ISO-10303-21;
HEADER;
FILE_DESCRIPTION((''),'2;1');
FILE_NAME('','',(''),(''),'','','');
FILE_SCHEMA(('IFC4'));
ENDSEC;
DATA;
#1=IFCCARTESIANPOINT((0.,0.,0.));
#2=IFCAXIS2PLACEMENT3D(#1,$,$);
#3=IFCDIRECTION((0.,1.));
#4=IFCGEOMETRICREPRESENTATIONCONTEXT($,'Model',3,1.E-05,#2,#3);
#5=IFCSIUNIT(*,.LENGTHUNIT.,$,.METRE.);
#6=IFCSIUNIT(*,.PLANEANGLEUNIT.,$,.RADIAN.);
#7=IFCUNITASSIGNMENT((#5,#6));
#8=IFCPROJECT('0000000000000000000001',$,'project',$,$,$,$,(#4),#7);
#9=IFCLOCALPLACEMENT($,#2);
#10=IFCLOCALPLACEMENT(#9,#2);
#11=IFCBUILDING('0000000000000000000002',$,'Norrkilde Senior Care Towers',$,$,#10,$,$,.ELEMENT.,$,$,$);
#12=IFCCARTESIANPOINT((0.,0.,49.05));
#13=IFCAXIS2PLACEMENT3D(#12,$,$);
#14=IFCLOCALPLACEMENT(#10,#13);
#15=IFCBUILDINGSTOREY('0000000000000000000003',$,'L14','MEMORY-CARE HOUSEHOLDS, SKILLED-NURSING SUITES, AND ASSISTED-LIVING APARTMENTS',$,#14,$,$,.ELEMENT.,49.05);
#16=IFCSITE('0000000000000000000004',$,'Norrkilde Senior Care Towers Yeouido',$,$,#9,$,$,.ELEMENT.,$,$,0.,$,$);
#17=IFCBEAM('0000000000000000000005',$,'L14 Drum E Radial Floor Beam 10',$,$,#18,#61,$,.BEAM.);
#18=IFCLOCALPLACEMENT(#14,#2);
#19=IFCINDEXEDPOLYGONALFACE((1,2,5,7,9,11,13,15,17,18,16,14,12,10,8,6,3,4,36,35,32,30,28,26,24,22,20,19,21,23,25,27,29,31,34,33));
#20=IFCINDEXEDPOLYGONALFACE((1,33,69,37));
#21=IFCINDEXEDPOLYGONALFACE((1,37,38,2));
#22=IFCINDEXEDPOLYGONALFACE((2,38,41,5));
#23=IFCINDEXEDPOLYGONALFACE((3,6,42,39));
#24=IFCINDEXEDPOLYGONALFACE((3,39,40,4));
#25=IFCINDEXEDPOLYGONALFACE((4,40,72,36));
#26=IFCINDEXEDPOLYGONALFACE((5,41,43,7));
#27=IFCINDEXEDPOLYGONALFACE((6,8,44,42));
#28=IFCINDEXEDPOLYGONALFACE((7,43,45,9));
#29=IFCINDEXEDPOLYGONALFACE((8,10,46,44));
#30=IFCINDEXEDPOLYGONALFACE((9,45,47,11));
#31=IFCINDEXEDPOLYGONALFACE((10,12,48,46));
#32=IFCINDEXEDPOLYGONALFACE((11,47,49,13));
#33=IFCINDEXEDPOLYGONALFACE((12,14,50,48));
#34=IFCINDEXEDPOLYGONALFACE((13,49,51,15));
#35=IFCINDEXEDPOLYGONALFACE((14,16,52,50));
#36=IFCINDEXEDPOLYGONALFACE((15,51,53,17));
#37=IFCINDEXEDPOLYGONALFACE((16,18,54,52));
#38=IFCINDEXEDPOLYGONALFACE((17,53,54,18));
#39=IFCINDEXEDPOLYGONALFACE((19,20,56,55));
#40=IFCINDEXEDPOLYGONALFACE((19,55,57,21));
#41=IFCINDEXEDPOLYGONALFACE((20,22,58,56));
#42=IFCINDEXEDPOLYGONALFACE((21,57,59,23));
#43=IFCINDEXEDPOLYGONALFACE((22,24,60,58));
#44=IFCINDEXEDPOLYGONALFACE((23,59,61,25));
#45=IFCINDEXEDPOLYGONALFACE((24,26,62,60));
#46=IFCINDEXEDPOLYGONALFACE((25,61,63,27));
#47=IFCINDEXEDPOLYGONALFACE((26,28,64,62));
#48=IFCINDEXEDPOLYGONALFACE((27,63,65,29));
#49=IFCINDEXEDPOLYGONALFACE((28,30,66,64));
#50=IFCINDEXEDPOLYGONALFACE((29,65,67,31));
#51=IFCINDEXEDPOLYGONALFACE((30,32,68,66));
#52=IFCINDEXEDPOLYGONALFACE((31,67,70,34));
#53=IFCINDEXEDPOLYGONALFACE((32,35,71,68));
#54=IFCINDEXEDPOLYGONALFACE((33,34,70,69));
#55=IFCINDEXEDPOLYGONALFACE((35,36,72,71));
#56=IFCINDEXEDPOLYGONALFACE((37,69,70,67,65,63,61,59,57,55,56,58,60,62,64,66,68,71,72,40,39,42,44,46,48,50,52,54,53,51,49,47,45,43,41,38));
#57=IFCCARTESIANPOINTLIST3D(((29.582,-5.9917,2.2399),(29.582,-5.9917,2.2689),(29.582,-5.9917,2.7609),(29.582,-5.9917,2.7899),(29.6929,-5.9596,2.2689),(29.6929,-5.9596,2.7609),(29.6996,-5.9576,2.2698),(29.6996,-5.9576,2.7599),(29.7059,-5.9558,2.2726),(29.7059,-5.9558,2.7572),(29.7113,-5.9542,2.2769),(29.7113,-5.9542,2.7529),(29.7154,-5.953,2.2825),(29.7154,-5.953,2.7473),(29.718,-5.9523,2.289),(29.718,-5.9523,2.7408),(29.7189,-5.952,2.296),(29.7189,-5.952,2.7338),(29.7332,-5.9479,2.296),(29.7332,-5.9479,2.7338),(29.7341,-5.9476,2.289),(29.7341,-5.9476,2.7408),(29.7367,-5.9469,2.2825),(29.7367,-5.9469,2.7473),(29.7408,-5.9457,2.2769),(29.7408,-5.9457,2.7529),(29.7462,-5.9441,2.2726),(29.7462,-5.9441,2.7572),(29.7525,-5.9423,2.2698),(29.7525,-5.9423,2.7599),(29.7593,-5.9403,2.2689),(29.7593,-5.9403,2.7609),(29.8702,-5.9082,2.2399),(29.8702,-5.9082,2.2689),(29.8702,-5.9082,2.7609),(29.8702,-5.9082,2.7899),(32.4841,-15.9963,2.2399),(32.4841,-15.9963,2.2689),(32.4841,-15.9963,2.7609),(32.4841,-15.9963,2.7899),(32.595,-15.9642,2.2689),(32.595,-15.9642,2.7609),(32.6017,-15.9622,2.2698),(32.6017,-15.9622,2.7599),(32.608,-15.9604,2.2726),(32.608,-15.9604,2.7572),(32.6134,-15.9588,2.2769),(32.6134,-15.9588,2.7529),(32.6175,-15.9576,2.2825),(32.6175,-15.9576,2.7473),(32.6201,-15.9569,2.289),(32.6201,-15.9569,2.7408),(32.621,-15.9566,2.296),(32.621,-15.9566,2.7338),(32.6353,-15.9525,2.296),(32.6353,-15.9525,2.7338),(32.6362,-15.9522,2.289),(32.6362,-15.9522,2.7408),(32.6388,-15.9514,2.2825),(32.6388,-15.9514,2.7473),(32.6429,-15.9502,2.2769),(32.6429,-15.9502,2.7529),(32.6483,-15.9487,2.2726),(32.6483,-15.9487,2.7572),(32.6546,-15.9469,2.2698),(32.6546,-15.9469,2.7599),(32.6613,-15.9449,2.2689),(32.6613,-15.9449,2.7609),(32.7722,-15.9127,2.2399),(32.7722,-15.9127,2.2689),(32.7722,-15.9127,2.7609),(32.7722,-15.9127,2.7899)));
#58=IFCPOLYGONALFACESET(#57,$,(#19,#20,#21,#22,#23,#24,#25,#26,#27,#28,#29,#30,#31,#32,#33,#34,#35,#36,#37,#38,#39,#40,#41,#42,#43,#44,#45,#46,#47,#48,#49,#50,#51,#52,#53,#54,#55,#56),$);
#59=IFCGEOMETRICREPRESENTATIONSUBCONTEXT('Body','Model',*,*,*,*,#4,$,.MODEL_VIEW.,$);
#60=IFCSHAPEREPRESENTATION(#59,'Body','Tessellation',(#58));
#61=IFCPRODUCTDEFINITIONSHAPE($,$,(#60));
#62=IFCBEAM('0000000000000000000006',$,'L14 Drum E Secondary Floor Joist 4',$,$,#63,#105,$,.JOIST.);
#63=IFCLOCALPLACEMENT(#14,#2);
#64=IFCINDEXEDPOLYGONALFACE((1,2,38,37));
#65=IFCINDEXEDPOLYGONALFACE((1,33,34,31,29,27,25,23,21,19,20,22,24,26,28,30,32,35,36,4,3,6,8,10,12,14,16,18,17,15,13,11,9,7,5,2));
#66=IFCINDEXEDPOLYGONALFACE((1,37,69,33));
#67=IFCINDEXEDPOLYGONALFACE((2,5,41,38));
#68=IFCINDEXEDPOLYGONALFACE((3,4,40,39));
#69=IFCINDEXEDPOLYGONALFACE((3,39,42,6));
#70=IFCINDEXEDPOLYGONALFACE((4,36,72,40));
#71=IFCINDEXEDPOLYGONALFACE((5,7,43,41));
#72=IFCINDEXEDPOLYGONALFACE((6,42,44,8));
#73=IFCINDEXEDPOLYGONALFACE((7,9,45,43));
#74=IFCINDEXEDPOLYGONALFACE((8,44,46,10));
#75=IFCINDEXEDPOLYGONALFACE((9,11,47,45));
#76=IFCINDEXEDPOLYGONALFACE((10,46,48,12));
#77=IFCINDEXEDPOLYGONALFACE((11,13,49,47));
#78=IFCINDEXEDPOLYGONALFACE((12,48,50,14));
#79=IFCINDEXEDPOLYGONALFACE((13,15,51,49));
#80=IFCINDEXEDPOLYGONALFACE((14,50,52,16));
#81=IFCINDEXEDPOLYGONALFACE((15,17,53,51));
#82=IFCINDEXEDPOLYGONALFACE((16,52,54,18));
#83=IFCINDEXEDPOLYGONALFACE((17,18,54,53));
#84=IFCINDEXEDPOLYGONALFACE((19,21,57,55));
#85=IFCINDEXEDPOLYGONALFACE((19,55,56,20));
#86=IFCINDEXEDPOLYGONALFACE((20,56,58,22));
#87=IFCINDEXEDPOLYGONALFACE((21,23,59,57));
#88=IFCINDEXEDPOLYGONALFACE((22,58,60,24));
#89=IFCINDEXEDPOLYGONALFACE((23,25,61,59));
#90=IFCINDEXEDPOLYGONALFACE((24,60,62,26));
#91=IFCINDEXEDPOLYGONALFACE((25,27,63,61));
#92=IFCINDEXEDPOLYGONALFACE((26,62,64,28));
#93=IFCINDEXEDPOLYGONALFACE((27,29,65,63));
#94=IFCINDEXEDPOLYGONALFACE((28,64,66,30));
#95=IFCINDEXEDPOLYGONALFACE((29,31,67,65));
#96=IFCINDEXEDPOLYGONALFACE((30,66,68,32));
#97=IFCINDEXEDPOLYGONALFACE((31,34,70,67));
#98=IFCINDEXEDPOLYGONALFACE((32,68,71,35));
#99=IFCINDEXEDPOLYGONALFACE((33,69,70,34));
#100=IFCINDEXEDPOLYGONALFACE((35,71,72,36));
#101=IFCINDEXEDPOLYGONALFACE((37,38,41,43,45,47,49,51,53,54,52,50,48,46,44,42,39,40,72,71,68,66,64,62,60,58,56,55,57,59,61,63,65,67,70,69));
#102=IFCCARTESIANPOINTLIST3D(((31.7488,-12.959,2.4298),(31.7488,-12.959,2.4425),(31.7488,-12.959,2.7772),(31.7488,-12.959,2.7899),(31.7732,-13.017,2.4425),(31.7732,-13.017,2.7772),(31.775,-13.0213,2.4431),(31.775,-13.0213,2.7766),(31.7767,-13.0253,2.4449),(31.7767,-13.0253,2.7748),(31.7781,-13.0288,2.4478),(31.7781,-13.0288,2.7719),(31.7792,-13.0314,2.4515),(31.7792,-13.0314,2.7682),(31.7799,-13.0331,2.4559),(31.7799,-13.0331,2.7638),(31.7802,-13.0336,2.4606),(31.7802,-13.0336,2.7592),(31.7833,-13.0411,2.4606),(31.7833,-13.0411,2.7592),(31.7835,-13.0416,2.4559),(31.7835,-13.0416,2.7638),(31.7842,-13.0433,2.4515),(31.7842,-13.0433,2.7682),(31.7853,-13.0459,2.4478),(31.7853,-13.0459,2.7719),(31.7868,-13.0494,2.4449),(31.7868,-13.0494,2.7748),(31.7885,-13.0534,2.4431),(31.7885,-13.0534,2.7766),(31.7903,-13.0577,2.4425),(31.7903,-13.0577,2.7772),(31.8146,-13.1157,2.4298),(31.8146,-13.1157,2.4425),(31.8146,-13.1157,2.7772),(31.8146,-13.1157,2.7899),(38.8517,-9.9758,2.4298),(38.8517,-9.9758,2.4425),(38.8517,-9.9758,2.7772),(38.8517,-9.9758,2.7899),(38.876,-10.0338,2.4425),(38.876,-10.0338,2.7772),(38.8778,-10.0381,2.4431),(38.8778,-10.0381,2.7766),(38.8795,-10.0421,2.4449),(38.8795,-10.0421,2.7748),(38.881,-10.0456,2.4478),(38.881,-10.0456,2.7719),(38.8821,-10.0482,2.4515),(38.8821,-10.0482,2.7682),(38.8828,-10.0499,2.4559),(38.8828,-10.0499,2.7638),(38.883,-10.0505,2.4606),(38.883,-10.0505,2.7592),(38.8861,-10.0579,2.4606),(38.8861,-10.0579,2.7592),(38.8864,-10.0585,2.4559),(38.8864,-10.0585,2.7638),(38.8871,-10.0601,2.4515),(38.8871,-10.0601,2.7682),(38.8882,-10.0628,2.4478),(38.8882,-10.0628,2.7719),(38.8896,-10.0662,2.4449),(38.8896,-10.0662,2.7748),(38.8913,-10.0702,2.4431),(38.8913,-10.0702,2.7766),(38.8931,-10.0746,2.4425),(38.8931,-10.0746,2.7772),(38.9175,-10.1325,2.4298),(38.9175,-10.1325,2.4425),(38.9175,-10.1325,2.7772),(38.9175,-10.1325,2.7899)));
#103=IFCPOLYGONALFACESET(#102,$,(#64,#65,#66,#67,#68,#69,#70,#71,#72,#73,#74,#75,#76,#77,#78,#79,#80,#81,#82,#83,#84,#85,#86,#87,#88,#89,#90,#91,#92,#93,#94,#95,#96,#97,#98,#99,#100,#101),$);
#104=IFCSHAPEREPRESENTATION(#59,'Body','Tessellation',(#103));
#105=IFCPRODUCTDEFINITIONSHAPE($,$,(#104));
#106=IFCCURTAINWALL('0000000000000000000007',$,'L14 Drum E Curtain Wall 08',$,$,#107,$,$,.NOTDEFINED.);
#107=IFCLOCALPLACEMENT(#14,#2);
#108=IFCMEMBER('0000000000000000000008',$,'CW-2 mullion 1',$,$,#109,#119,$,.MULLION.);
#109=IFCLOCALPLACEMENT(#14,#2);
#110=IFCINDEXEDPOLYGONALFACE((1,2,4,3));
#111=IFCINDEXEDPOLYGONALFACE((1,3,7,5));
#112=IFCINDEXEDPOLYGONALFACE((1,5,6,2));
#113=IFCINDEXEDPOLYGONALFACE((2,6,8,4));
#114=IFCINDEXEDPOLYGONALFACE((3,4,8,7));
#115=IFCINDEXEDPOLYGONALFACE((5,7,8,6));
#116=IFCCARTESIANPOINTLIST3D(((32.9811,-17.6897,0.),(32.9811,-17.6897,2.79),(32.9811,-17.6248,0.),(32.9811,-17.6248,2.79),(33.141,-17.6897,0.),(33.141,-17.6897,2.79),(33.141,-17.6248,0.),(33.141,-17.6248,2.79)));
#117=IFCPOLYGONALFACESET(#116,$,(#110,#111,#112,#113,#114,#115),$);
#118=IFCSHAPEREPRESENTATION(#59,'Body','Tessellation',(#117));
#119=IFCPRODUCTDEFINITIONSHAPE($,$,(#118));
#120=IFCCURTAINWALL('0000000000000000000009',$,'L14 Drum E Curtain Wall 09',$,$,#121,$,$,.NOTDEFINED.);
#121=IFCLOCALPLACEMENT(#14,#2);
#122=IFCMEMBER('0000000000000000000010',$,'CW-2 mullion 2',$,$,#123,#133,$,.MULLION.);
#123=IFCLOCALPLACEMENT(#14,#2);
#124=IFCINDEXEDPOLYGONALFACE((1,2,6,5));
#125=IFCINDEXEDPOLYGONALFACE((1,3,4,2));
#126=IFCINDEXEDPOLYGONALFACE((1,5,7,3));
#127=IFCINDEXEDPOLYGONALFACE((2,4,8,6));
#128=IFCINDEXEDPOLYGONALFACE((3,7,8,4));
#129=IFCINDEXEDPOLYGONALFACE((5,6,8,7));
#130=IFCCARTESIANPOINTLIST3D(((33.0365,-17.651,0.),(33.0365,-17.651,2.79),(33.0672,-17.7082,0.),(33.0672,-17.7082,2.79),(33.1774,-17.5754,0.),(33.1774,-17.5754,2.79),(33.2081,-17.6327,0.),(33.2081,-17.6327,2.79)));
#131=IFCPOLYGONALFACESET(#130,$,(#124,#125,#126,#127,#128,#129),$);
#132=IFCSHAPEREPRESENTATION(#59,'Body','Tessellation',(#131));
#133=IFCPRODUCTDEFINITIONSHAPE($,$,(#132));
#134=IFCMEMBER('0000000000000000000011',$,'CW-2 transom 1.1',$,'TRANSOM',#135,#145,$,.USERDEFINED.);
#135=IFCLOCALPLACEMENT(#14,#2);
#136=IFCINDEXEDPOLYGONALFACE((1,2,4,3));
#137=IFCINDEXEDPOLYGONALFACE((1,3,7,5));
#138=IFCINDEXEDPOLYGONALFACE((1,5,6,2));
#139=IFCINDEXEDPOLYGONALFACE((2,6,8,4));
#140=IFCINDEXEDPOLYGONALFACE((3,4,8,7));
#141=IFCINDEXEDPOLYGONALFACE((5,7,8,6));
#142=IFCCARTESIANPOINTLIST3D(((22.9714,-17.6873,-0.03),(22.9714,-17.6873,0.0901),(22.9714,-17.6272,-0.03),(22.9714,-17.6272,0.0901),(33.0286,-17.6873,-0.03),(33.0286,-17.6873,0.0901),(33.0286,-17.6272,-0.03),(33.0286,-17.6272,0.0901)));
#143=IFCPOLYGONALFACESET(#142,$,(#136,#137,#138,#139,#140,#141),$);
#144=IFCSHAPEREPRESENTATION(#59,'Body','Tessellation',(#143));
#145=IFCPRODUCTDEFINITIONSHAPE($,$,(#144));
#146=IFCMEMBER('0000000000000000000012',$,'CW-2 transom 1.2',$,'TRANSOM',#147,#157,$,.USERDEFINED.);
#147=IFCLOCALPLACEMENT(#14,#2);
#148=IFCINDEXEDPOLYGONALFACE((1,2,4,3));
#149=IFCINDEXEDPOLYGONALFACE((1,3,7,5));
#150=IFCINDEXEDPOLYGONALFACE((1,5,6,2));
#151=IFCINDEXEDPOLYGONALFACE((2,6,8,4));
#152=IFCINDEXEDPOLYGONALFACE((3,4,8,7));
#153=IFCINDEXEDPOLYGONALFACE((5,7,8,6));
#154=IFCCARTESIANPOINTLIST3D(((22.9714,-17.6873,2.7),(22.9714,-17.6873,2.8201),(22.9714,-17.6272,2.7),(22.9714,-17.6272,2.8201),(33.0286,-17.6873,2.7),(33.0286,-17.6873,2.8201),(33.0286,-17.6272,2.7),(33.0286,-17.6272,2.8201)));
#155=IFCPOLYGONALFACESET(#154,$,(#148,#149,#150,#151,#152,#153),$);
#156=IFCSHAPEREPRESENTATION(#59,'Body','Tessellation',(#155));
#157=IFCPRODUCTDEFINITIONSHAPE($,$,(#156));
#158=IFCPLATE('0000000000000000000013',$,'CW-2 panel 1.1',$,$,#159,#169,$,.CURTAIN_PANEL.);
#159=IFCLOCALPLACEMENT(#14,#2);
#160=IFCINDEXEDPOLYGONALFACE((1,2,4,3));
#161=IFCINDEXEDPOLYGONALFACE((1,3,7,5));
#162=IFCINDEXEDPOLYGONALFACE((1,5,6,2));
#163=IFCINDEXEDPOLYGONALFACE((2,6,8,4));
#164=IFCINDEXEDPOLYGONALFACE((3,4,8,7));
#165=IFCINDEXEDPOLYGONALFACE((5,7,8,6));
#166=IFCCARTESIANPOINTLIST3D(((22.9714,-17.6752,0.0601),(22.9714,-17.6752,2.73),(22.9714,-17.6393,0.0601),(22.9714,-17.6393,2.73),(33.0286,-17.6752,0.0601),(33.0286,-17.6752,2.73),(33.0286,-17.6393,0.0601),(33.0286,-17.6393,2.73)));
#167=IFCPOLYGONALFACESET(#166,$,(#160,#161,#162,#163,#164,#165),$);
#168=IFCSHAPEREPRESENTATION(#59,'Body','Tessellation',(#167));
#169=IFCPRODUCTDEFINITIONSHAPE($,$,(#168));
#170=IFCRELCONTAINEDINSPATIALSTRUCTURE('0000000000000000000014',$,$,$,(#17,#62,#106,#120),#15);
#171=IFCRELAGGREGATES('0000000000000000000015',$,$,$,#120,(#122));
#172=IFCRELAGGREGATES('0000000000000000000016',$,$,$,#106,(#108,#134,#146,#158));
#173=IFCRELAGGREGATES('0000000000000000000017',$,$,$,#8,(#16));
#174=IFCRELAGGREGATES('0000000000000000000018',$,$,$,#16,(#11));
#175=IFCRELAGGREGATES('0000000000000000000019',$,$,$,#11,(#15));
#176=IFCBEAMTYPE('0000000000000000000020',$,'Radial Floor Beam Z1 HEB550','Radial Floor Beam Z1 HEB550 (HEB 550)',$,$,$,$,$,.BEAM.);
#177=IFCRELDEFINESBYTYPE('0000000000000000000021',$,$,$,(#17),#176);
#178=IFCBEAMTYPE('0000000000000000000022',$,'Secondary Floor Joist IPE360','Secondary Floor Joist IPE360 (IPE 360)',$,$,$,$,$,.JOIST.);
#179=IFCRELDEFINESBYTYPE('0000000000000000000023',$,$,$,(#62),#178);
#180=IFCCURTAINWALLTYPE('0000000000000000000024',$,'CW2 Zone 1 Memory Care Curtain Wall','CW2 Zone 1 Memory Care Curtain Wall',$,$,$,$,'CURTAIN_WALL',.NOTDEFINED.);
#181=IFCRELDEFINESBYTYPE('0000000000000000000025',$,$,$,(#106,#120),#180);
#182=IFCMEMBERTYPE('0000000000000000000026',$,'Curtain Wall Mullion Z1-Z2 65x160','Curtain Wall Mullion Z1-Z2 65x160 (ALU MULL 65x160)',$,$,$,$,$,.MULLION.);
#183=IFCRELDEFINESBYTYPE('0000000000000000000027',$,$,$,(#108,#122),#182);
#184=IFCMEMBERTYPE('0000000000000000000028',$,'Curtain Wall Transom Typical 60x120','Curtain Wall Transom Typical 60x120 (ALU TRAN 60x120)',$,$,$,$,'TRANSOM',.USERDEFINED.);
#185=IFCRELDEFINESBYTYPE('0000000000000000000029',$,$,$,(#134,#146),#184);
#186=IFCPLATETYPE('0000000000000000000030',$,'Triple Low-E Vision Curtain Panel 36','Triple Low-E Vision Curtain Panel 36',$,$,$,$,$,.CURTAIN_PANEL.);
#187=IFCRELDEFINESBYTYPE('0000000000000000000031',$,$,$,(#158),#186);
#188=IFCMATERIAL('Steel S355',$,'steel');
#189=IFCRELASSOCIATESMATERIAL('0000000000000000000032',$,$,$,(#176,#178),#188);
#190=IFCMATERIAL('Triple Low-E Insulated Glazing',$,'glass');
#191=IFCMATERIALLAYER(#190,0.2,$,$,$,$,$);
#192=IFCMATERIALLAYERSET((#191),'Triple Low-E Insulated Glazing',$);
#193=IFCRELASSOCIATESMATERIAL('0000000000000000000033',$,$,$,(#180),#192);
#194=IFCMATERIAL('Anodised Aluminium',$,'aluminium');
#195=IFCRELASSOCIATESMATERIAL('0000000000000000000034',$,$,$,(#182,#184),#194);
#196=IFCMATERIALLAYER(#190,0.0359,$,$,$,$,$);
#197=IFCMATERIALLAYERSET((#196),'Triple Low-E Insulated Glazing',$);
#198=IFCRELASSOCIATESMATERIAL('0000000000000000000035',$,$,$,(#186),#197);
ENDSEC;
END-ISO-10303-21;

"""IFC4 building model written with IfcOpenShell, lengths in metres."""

from ifc_helpers import new_model, si_unit, direction, frame, origin, origin_2d, place, context, subcontext, project, spatial, rectangle, i_section, extrude, source, transform, mapped, material, layer, layer_set, material_profile, profile_set, type_object, type_shapes, element, aggregate, save


model = new_model("IFC4")

# Units and contexts
model_context = context("Model", 3, precision=1e-05, world=origin(), true_north=direction((0.0, 1.0)))
body_context = subcontext(model_context, "Body", "Model", "MODEL_VIEW")
ifc_project = project(units=[si_unit("LENGTHUNIT", "METRE"), si_unit("PLANEANGLEUNIT", "RADIAN")], contexts=[model_context])

# Site, building, storey
site_placement = place(None, origin())
site = spatial("IfcSite", under=ifc_project, at=site_placement, Name="Norrkilde Senior Care Towers Yeouido", CompositionType="ELEMENT", RefElevation=0.0)
building_placement = place(site_placement, origin())
building = spatial("IfcBuilding", under=site, at=building_placement, Name="Norrkilde Senior Care Towers", CompositionType="ELEMENT")
storey_placement = place(building_placement, frame((0.0, 0.0, 49.05)))
storey = spatial("IfcBuildingStorey", under=building, at=storey_placement, Name="L14", Description="MEMORY-CARE HOUSEHOLDS, SKILLED-NURSING SUITES, AND ASSISTED-LIVING APARTMENTS", CompositionType="ELEMENT", Elevation=49.05)

# Beams
ifc_material_1 = material(Name="Steel S355", Category="steel")
ifc_material_profile_1 = material_profile(ifc_material_1, i_section(OverallWidth=0.3, OverallDepth=0.55, WebThickness=0.0149, FlangeThickness=0.0291, FilletRadius=0.0271, at=origin_2d()), Name="HEB 550")
ifc_profile_set_1 = profile_set([ifc_material_profile_1], Name="Steel S355")
beam_type_1 = type_object("IfcBeamType", Name="Radial Floor Beam Z1 HEB550", Description="Radial Floor Beam Z1 HEB550 (HEB 550)", PredefinedType="BEAM", material=ifc_profile_set_1)
shared_shape_1 = source(origin(), body_context, "Body", "SweptSolid", [
    extrude(i_section(OverallWidth=0.3, OverallDepth=0.55, WebThickness=0.0149, FlangeThickness=0.0291, FilletRadius=0.0271, at=origin_2d()), origin(), (0.0, 0.0, 1.0), 10.417),
])
beam_1_placement = place(storey_placement, frame((29.7261, -5.95, 2.5149), z_axis=(0.278591, -0.96041, 0.0), x_axis=(0.96041, 0.278591, 0.0)))
element("IfcBeam", 1, at=beam_1_placement, inside=storey, type_object=beam_type_1, Name="L14 Drum E Radial Floor Beam 10", PredefinedType="BEAM", context=body_context, shape_type="MappedRepresentation", body=[
    mapped(shared_shape_1, transform((0.0, 0.0, 0.0), x_axis=(1.0, 0.0, 0.0), y_axis=(0.0, 1.0, 0.0), z_axis=(0.0, 0.0, 1.0), scale=1.0)),
])
ifc_material_profile_2 = material_profile(ifc_material_1, i_section(OverallWidth=0.1699, OverallDepth=0.3601, WebThickness=0.0081, FlangeThickness=0.0127, FilletRadius=0.0181, at=origin_2d()), Name="IPE 360")
ifc_profile_set_2 = profile_set([ifc_material_profile_2], Name="Steel S355")
beam_type_2 = type_object("IfcBeamType", Name="Secondary Floor Joist IPE360", Description="Secondary Floor Joist IPE360 (IPE 360)", PredefinedType="JOIST", material=ifc_profile_set_2)
shared_shape_2 = source(origin(), body_context, "Body", "SweptSolid", [
    extrude(i_section(OverallWidth=0.1699, OverallDepth=0.3601, WebThickness=0.0081, FlangeThickness=0.0127, FilletRadius=0.0181, at=origin_2d()), origin(), (0.0, 0.0, 1.0), 7.7039),
])
type_shapes(beam_type_2, [shared_shape_2])
beam_2_placement = place(storey_placement, frame((31.7817, -13.0374, 2.6099), z_axis=(0.921983, 0.387231, 0.0), x_axis=(-0.387231, 0.921983, 0.0)))
element("IfcBeam", 2, at=beam_2_placement, inside=storey, type_object=beam_type_2, Name="L14 Drum E Secondary Floor Joist 4", PredefinedType="JOIST", context=body_context, shape_type="MappedRepresentation", body=[
    mapped(shared_shape_2, transform((0.0, 0.0, 0.0), x_axis=(1.0, 0.0, 0.0), y_axis=(0.0, 1.0, 0.0), z_axis=(0.0, 0.0, 1.0), scale=1.0)),
])

# Curtain walls, members
ifc_material_2 = material(Name="Triple Low-E Insulated Glazing", Category="glass")
ifc_layer_1 = layer(ifc_material_2, 0.2)
ifc_layer_set_1 = layer_set([ifc_layer_1], Name="Triple Low-E Insulated Glazing")
curtain_wall_type = type_object("IfcCurtainWallType", Name="CW2 Zone 1 Memory Care Curtain Wall", Description="CW2 Zone 1 Memory Care Curtain Wall", ElementType="CURTAIN_WALL", PredefinedType="NOTDEFINED", material=ifc_layer_set_1)
curtain_wall_1_placement = place(storey_placement, origin())
curtain_wall_1 = element("IfcCurtainWall", 3, at=curtain_wall_1_placement, inside=storey, type_object=curtain_wall_type, Name="L14 Drum E Curtain Wall 08", PredefinedType="NOTDEFINED")
ifc_material_3 = material(Name="Anodised Aluminium", Category="aluminium")
ifc_material_profile_3 = material_profile(ifc_material_3, rectangle(XDim=0.0649, YDim=0.1599, at=origin_2d()), Name="ALU MULL 65x160")
ifc_profile_set_3 = profile_set([ifc_material_profile_3], Name="Anodised Aluminium")
member_type_1 = type_object("IfcMemberType", Name="Curtain Wall Mullion Z1-Z2 65x160", Description="Curtain Wall Mullion Z1-Z2 65x160 (ALU MULL 65x160)", PredefinedType="MULLION", material=ifc_profile_set_3)
shared_shape_3 = source(origin(), body_context, "Body", "SweptSolid", [
    extrude(rectangle(XDim=0.0649, YDim=0.1599, at=origin_2d()), origin(), (0.0, 0.0, 1.0), 2.79),
])
type_shapes(member_type_1, [shared_shape_3])
member_1_placement = place(storey_placement, frame((33.061, -17.6572, 0.0), z_axis=(0.0, 0.0, 1.0), x_axis=(0.0, -1.0, 0.0)))
member_1 = element("IfcMember", 4, at=member_1_placement, type_object=member_type_1, Name="CW-2 mullion 1", PredefinedType="MULLION", context=body_context, shape_type="MappedRepresentation", body=[
    mapped(shared_shape_3, transform((0.0, 0.0, 0.0), x_axis=(1.0, 0.0, 0.0), y_axis=(0.0, 1.0, 0.0), z_axis=(0.0, 0.0, 1.0), scale=1.0)),
])
curtain_wall_2_placement = place(storey_placement, origin())
curtain_wall_2 = element("IfcCurtainWall", 5, at=curtain_wall_2_placement, inside=storey, type_object=curtain_wall_type, Name="L14 Drum E Curtain Wall 09", PredefinedType="NOTDEFINED")
member_2_placement = place(storey_placement, frame((33.1223, -17.6418, 0.0), z_axis=(0.0, 0.0, 1.0), x_axis=(0.472608, -0.881273, 0.0)))
member_2 = element("IfcMember", 6, at=member_2_placement, type_object=member_type_1, Name="CW-2 mullion 2", PredefinedType="MULLION", context=body_context, shape_type="MappedRepresentation", body=[
    mapped(shared_shape_3, transform((0.0, 0.0, 0.0), x_axis=(1.0, 0.0, 0.0), y_axis=(0.0, 1.0, 0.0), z_axis=(0.0, 0.0, 1.0), scale=1.0)),
])
aggregate(curtain_wall_2, [member_2])

# Members
ifc_material_profile_4 = material_profile(ifc_material_3, rectangle(XDim=0.0601, YDim=0.1201, at=origin_2d()), Name="ALU TRAN 60x120")
ifc_profile_set_4 = profile_set([ifc_material_profile_4], Name="Anodised Aluminium")
member_type_2 = type_object("IfcMemberType", Name="Curtain Wall Transom Typical 60x120", Description="Curtain Wall Transom Typical 60x120 (ALU TRAN 60x120)", ElementType="TRANSOM", PredefinedType="USERDEFINED", material=ifc_profile_set_4)
shared_shape_4 = source(origin(), body_context, "Body", "SweptSolid", [
    extrude(rectangle(XDim=0.0601, YDim=0.1201, at=origin_2d()), origin(), (0.0, 0.0, 1.0), 10.0571),
])
type_shapes(member_type_2, [shared_shape_4])
member_3_placement = place(storey_placement, frame((33.0286, -17.6572, 0.03), z_axis=(-1.0, 0.0, 0.0), x_axis=(0.0, -1.0, 0.0)))
member_3 = element("IfcMember", 7, at=member_3_placement, type_object=member_type_2, Name="CW-2 transom 1.1", ObjectType="TRANSOM", PredefinedType="USERDEFINED", context=body_context, shape_type="MappedRepresentation", body=[
    mapped(shared_shape_4, transform((0.0, 0.0, 0.0), x_axis=(1.0, 0.0, 0.0), y_axis=(0.0, 1.0, 0.0), z_axis=(0.0, 0.0, 1.0), scale=1.0)),
])
member_4_placement = place(storey_placement, frame((33.0286, -17.6572, 2.76), z_axis=(-1.0, 0.0, 0.0), x_axis=(0.0, -1.0, 0.0)))
member_4 = element("IfcMember", 8, at=member_4_placement, type_object=member_type_2, Name="CW-2 transom 1.2", ObjectType="TRANSOM", PredefinedType="USERDEFINED", context=body_context, shape_type="MappedRepresentation", body=[
    mapped(shared_shape_4, transform((0.0, 0.0, 0.0), x_axis=(1.0, 0.0, 0.0), y_axis=(0.0, 1.0, 0.0), z_axis=(0.0, 0.0, 1.0), scale=1.0)),
])

# Plate
ifc_layer_2 = layer(ifc_material_2, 0.0359)
ifc_layer_set_2 = layer_set([ifc_layer_2], Name="Triple Low-E Insulated Glazing")
plate_type = type_object("IfcPlateType", Name="Triple Low-E Vision Curtain Panel 36", Description="Triple Low-E Vision Curtain Panel 36", PredefinedType="CURTAIN_PANEL", material=ifc_layer_set_2)
shared_shape_5 = source(origin(), body_context, "Body", "SweptSolid", [
    extrude(rectangle(XDim=10.0571, YDim=0.0359, at=origin_2d()), origin(), (0.0, 0.0, 1.0), 2.6699),
])
type_shapes(plate_type, [shared_shape_5])
plate_placement = place(storey_placement, frame((28.0, -17.6572, 0.0601), z_axis=(0.0, 0.0, 1.0), x_axis=(-1.0, 0.0, 0.0)))
plate = element("IfcPlate", 9, at=plate_placement, type_object=plate_type, Name="CW-2 panel 1.1", PredefinedType="CURTAIN_PANEL", context=body_context, shape_type="MappedRepresentation", body=[
    mapped(shared_shape_5, transform((0.0, 0.0, 0.0), x_axis=(1.0, 0.0, 0.0), y_axis=(0.0, 1.0, 0.0), z_axis=(0.0, 0.0, 1.0), scale=1.0)),
])
aggregate(curtain_wall_1, [member_1, member_3, member_4, plate])

save(model, "model.ifc")
